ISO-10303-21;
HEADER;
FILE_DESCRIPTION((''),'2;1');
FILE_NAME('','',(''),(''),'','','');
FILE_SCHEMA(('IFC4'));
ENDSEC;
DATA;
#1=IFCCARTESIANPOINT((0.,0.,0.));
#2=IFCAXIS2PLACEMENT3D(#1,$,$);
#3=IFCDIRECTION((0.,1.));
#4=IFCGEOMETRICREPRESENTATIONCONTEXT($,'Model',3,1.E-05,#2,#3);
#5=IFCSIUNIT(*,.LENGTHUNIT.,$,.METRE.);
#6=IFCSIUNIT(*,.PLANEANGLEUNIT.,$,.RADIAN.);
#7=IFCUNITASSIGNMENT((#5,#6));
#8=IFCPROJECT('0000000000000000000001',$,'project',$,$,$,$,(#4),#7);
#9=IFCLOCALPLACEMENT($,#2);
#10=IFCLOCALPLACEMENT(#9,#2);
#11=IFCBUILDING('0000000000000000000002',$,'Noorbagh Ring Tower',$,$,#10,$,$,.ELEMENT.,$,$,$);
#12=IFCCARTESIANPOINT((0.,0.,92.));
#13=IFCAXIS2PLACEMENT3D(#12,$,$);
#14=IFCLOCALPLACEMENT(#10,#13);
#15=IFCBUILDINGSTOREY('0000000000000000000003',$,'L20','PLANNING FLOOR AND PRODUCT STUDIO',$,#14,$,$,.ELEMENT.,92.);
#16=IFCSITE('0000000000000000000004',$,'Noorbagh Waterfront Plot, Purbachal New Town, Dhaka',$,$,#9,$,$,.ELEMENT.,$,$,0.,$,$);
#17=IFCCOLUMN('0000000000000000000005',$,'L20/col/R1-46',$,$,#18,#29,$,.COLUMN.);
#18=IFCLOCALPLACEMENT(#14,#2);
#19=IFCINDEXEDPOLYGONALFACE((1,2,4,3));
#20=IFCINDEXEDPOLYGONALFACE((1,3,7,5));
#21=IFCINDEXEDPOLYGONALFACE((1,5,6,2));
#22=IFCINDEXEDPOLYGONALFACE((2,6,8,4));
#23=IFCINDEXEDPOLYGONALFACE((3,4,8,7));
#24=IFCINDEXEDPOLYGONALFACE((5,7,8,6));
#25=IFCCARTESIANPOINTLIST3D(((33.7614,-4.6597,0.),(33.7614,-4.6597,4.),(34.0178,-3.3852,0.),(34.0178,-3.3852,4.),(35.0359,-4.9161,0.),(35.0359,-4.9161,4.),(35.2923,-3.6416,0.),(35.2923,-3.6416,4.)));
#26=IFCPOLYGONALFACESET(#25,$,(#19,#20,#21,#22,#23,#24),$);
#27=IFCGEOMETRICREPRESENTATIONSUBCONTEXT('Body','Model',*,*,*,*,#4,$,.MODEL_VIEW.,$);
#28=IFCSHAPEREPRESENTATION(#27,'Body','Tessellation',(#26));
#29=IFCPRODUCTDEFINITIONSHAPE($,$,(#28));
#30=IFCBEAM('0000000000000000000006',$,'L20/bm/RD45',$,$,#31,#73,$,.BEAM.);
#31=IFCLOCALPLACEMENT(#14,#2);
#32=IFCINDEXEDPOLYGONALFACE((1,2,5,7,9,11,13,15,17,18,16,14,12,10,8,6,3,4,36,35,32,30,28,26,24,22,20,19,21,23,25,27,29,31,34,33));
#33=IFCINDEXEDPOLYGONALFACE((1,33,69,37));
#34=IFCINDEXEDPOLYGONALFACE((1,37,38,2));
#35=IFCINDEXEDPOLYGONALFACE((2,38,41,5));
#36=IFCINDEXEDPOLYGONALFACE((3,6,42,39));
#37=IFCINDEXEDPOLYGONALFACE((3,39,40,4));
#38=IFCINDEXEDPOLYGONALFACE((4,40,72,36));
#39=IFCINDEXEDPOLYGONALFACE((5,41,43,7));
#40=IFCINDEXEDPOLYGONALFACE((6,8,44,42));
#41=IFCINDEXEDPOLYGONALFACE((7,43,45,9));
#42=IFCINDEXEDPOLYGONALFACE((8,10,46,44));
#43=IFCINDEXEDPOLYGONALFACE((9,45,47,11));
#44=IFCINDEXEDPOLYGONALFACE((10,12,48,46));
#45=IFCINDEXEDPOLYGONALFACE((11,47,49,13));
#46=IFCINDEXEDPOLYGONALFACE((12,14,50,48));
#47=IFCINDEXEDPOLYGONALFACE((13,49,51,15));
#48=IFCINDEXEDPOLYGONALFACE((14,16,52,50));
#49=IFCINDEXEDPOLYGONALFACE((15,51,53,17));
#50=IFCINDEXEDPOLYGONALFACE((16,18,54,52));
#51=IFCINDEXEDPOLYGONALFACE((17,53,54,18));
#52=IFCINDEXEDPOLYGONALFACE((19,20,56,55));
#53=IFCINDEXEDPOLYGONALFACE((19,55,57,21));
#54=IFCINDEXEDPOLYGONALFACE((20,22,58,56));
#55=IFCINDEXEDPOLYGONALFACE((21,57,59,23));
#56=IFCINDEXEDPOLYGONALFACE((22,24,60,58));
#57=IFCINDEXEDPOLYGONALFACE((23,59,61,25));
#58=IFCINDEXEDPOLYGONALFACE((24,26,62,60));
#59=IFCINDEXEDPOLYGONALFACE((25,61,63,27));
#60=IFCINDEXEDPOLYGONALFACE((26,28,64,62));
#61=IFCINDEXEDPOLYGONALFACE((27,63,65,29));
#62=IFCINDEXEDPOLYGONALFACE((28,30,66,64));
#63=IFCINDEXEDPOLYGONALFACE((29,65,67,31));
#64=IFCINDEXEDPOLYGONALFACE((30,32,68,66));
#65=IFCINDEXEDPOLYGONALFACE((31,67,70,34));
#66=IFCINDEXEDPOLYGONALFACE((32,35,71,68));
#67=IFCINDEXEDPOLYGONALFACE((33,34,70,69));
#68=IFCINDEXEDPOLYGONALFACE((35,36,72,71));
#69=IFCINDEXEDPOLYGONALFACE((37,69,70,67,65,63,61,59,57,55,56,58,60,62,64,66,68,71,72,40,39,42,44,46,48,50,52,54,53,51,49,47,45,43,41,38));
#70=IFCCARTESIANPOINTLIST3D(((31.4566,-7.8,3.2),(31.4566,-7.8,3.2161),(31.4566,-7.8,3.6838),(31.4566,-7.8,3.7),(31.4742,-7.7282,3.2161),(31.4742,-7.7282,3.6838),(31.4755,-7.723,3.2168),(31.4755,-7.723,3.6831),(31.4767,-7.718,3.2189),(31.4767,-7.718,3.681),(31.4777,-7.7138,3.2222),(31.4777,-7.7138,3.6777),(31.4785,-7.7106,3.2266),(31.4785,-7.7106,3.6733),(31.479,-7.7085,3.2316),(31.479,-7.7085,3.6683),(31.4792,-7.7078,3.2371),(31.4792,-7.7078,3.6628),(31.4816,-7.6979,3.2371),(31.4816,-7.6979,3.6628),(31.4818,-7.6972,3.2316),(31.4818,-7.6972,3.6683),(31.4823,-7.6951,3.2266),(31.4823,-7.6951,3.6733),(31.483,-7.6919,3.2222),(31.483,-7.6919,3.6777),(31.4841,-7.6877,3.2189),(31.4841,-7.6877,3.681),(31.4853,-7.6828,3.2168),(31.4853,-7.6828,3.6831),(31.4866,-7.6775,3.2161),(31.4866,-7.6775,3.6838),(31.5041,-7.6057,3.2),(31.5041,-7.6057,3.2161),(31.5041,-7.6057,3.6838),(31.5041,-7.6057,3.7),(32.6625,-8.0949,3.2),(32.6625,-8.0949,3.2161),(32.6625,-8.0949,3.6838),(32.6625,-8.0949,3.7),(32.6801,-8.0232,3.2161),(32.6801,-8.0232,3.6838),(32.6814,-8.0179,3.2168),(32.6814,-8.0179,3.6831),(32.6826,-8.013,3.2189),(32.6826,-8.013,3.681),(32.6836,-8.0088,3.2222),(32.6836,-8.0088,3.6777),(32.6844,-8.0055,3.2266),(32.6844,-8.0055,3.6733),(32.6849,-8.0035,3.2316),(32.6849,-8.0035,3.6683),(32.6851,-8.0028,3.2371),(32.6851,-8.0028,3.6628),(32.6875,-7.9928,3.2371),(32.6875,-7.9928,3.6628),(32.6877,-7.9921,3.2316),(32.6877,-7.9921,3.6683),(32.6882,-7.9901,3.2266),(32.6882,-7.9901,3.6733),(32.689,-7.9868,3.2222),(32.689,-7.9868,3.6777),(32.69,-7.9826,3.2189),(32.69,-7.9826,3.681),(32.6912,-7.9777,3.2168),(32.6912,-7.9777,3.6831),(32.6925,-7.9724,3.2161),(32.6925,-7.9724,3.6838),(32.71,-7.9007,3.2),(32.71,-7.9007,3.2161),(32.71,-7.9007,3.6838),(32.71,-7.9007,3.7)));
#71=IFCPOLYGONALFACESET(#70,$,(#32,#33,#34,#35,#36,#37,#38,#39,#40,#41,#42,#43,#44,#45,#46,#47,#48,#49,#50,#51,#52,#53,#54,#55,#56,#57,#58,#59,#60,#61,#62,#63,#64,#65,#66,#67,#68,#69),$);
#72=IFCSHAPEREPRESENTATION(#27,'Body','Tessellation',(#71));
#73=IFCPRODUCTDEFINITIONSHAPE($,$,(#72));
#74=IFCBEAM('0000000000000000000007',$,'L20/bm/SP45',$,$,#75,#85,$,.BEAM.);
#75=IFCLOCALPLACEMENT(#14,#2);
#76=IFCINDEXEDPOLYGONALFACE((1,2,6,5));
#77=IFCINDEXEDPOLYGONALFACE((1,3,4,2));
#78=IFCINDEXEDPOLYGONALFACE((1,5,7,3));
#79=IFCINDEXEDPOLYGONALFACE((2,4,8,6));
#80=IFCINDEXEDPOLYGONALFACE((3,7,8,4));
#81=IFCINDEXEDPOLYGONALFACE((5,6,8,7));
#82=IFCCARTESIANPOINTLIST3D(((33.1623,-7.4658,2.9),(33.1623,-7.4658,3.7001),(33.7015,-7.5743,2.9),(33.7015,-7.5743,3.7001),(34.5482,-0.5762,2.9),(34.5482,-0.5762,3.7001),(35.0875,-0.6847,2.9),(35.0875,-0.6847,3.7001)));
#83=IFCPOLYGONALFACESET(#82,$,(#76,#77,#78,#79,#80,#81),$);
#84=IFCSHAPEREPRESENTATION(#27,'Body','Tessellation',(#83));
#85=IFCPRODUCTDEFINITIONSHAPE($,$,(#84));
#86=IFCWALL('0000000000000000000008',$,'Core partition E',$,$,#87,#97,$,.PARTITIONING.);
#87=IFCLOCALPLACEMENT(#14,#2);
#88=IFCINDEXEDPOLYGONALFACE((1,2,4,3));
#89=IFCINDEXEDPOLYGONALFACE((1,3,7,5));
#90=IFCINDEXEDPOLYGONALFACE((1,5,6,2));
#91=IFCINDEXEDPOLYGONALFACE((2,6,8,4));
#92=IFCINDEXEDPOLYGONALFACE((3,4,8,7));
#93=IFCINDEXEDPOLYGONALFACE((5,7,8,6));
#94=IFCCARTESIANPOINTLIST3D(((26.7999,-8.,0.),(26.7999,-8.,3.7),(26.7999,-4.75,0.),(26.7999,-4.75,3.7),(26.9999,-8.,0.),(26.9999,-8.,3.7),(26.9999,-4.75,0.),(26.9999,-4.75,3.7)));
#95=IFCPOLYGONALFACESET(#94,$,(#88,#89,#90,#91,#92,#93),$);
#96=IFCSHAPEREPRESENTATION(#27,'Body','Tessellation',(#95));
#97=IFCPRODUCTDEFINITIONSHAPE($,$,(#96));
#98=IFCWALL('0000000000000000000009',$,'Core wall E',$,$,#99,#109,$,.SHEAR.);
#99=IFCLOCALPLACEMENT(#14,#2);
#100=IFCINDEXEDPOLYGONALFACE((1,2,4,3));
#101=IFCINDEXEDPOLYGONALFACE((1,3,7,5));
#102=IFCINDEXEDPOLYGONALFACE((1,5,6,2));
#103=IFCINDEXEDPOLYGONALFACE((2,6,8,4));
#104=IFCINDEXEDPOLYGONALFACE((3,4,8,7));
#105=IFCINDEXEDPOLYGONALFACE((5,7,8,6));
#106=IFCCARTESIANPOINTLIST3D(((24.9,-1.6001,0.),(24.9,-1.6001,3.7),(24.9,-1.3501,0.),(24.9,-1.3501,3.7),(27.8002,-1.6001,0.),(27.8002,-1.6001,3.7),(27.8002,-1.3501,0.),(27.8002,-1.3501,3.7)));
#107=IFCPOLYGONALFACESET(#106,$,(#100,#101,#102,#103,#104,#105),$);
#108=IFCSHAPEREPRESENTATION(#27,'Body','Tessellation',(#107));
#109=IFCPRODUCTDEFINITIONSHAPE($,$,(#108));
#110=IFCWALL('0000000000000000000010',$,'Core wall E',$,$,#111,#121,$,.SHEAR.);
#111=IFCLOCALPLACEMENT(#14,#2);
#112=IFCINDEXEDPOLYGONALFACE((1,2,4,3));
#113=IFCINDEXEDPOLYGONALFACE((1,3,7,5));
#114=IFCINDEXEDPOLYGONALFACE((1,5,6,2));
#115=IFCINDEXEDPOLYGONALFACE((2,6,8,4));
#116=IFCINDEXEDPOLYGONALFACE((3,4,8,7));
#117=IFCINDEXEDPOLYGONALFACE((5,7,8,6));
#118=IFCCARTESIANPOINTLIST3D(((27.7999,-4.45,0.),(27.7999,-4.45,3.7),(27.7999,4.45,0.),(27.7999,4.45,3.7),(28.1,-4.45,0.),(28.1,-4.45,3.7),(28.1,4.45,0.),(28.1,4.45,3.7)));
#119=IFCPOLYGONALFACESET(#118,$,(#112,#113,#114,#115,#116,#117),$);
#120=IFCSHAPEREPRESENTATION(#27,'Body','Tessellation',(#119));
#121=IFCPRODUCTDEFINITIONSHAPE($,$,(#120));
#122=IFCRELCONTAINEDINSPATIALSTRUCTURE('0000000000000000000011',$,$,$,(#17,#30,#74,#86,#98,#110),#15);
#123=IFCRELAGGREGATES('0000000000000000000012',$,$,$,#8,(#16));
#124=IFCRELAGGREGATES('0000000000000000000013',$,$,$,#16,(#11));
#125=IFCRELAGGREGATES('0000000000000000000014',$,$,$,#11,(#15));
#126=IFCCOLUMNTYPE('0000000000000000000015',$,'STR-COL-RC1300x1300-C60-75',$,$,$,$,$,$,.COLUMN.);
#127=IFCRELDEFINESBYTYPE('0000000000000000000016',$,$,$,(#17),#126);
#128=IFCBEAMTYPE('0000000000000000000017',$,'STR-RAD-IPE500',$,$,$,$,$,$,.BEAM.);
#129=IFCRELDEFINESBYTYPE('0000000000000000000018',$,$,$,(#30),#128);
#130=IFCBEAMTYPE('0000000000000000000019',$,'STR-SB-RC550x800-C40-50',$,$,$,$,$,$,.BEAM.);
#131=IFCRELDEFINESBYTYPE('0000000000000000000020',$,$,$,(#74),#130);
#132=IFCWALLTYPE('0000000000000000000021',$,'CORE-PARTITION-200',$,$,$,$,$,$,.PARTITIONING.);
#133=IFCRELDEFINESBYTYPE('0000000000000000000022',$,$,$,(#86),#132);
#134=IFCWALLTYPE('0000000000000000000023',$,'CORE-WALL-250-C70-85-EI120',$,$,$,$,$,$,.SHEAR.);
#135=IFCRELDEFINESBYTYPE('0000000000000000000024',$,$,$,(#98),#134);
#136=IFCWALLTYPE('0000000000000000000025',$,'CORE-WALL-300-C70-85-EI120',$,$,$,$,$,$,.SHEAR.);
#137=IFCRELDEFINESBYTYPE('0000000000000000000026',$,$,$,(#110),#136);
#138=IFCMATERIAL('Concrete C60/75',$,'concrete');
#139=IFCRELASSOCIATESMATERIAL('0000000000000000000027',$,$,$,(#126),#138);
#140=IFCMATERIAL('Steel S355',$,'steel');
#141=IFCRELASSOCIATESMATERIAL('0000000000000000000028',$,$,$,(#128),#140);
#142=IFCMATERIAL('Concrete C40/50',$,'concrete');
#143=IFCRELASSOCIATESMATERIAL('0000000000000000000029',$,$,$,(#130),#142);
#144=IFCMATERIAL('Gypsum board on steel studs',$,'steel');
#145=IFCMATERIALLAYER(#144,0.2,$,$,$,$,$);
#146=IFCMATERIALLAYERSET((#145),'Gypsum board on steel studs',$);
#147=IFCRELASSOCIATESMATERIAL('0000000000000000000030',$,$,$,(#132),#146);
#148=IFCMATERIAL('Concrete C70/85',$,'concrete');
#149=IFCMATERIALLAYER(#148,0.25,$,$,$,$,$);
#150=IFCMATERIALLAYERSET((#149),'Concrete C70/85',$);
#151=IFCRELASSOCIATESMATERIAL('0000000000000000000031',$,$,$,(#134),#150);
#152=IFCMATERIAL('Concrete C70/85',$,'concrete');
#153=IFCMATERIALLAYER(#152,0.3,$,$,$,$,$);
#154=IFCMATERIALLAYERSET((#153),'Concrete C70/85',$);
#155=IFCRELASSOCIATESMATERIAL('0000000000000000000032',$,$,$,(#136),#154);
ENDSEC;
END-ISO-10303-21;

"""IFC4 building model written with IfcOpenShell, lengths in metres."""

from ifc_helpers import new_model, si_unit, direction, frame, frame_2d, origin, origin_2d, place, context, subcontext, project, spatial, rectangle, i_section, extrude, material, layer, layer_set, material_profile, profile_set, type_object, element, save


model = new_model("IFC4")

# Units and contexts
model_context = context("Model", 3, precision=1e-05, world=origin(), true_north=direction((0.0, 1.0)))
body_context = subcontext(model_context, "Body", "Model", "MODEL_VIEW")
ifc_project = project(units=[si_unit("LENGTHUNIT", "METRE"), si_unit("PLANEANGLEUNIT", "RADIAN")], contexts=[model_context])

# Site, building, storey
site_placement = place(None, origin())
site = spatial("IfcSite", under=ifc_project, at=site_placement, Name="Noorbagh Waterfront Plot, Purbachal New Town, Dhaka", CompositionType="ELEMENT", RefElevation=0.0)
building_placement = place(site_placement, origin())
building = spatial("IfcBuilding", under=site, at=building_placement, Name="Noorbagh Ring Tower", CompositionType="ELEMENT")
storey_placement = place(building_placement, frame((0.0, 0.0, 92.0)))
storey = spatial("IfcBuildingStorey", under=building, at=storey_placement, Name="L20", Description="PLANNING FLOOR AND PRODUCT STUDIO", CompositionType="ELEMENT", Elevation=92.0)

# Column
ifc_material_1 = material(Name="Concrete C60/75", Category="concrete")
ifc_material_profile_1 = material_profile(ifc_material_1, rectangle(XDim=1.3, YDim=1.3, at=origin_2d()), Name="RC1300x1300")
ifc_profile_set_1 = profile_set([ifc_material_profile_1], Name="Concrete C60/75")
column_type = type_object("IfcColumnType", Name="STR-COL-RC1300x1300-C60-75", PredefinedType="COLUMN", material=ifc_profile_set_1)
column_placement = place(storey_placement, frame((34.5269, -4.1506, 0.0), z_axis=(0.0, 0.0, 1.0), x_axis=(0.19723, 0.980357, 0.0)))
element("IfcColumn", 1, at=column_placement, inside=storey, type_object=column_type, Name="L20/col/R1-46", PredefinedType="COLUMN", context=body_context, shape_type="SweptSolid", body=[
    extrude(rectangle(XDim=1.3, YDim=1.3, at=origin_2d()), origin(), (0.0, 0.0, 1.0), 4.0),
])

# Beams
ifc_material_2 = material(Name="Steel S355", Category="steel")
ifc_material_profile_2 = material_profile(ifc_material_2, i_section(OverallWidth=0.2, OverallDepth=0.5, WebThickness=0.0103, FlangeThickness=0.0161, FilletRadius=0.021, at=origin_2d()), Name="IPE500")
ifc_profile_set_2 = profile_set([ifc_material_profile_2], Name="Steel S355")
beam_type_1 = type_object("IfcBeamType", Name="STR-RAD-IPE500", PredefinedType="BEAM", material=ifc_profile_set_2)
beam_1_placement = place(storey_placement, frame((32.6863, -7.9978, 3.45), z_axis=(-0.971368, 0.237581, 0.0), x_axis=(-0.237581, -0.971368, 0.0)))
element("IfcBeam", 2, at=beam_1_placement, inside=storey, type_object=beam_type_1, Name="L20/bm/RD45", PredefinedType="BEAM", context=body_context, shape_type="SweptSolid", body=[
    extrude(i_section(OverallWidth=0.2, OverallDepth=0.5, WebThickness=0.0103, FlangeThickness=0.0161, FilletRadius=0.021, at=origin_2d()), origin(), (0.0, 0.0, 1.0), 1.2415),
])
ifc_material_3 = material(Name="Concrete C40/50", Category="concrete")
ifc_material_profile_3 = material_profile(ifc_material_3, rectangle(XDim=0.55, YDim=0.8, at=origin_2d()), Name="RC550x800")
ifc_profile_set_3 = profile_set([ifc_material_profile_3], Name="Concrete C40/50")
beam_type_2 = type_object("IfcBeamType", Name="STR-SB-RC550x800-C40-50", PredefinedType="BEAM", material=ifc_profile_set_3)
beam_2_placement = place(storey_placement, frame((33.4319, -7.52, 3.3), z_axis=(0.197218, 0.98036, 0.0), x_axis=(-0.98036, 0.197218, 0.0)))
element("IfcBeam", 3, at=beam_2_placement, inside=storey, type_object=beam_type_2, Name="L20/bm/SP45", PredefinedType="BEAM", context=body_context, shape_type="SweptSolid", body=[
    extrude(rectangle(XDim=0.55, YDim=0.8, at=origin_2d()), origin(), (0.0, 0.0, 1.0), 7.0276),
])

# Walls
ifc_material_4 = material(Name="Gypsum board on steel studs", Category="steel")
ifc_layer_1 = layer(ifc_material_4, 0.2)
ifc_layer_set_1 = layer_set([ifc_layer_1], Name="Gypsum board on steel studs")
wall_type_1 = type_object("IfcWallType", Name="CORE-PARTITION-200", PredefinedType="PARTITIONING", material=ifc_layer_set_1)
wall_1_placement = place(storey_placement, frame((26.8999, -8.0, 0.0), z_axis=(0.0, 0.0, 1.0), x_axis=(0.0, 1.0, 0.0)))
element("IfcWall", 4, at=wall_1_placement, inside=storey, type_object=wall_type_1, Name="Core partition E", PredefinedType="PARTITIONING", context=body_context, shape_type="SweptSolid", body=[
    extrude(rectangle(XDim=3.25, YDim=0.2, at=frame_2d((1.625, 0.0))), origin(), (0.0, 0.0, 1.0), 3.7),
])
ifc_material_5 = material(Name="Concrete C70/85", Category="concrete")
ifc_layer_2 = layer(ifc_material_5, 0.25)
ifc_layer_set_2 = layer_set([ifc_layer_2], Name="Concrete C70/85")
wall_type_2 = type_object("IfcWallType", Name="CORE-WALL-250-C70-85-EI120", PredefinedType="SHEAR", material=ifc_layer_set_2)
wall_2_placement = place(storey_placement, frame((24.8999, -1.4751, 0.0), z_axis=(0.0, 0.0, 1.0), x_axis=(1.0, 0.0, 0.0)))
element("IfcWall", 5, at=wall_2_placement, inside=storey, type_object=wall_type_2, Name="Core wall E", PredefinedType="SHEAR", context=body_context, shape_type="SweptSolid", body=[
    extrude(rectangle(XDim=2.9001, YDim=0.25, at=frame_2d((1.4502, 0.0))), origin(), (0.0, 0.0, 1.0), 3.7),
])
ifc_material_6 = material(Name="Concrete C70/85", Category="concrete")
ifc_layer_3 = layer(ifc_material_6, 0.3)
ifc_layer_set_3 = layer_set([ifc_layer_3], Name="Concrete C70/85")
wall_type_3 = type_object("IfcWallType", Name="CORE-WALL-300-C70-85-EI120", PredefinedType="SHEAR", material=ifc_layer_set_3)
wall_3_placement = place(storey_placement, frame((27.95, -4.45, 0.0), z_axis=(0.0, 0.0, 1.0), x_axis=(0.0, 1.0, 0.0)))
element("IfcWall", 6, at=wall_3_placement, inside=storey, type_object=wall_type_3, Name="Core wall E", PredefinedType="SHEAR", context=body_context, shape_type="SweptSolid", body=[
    extrude(rectangle(XDim=8.8999, YDim=0.3, at=frame_2d((4.45, 0.0))), origin(), (0.0, 0.0, 1.0), 3.7),
])

save(model, "model.ifc")
